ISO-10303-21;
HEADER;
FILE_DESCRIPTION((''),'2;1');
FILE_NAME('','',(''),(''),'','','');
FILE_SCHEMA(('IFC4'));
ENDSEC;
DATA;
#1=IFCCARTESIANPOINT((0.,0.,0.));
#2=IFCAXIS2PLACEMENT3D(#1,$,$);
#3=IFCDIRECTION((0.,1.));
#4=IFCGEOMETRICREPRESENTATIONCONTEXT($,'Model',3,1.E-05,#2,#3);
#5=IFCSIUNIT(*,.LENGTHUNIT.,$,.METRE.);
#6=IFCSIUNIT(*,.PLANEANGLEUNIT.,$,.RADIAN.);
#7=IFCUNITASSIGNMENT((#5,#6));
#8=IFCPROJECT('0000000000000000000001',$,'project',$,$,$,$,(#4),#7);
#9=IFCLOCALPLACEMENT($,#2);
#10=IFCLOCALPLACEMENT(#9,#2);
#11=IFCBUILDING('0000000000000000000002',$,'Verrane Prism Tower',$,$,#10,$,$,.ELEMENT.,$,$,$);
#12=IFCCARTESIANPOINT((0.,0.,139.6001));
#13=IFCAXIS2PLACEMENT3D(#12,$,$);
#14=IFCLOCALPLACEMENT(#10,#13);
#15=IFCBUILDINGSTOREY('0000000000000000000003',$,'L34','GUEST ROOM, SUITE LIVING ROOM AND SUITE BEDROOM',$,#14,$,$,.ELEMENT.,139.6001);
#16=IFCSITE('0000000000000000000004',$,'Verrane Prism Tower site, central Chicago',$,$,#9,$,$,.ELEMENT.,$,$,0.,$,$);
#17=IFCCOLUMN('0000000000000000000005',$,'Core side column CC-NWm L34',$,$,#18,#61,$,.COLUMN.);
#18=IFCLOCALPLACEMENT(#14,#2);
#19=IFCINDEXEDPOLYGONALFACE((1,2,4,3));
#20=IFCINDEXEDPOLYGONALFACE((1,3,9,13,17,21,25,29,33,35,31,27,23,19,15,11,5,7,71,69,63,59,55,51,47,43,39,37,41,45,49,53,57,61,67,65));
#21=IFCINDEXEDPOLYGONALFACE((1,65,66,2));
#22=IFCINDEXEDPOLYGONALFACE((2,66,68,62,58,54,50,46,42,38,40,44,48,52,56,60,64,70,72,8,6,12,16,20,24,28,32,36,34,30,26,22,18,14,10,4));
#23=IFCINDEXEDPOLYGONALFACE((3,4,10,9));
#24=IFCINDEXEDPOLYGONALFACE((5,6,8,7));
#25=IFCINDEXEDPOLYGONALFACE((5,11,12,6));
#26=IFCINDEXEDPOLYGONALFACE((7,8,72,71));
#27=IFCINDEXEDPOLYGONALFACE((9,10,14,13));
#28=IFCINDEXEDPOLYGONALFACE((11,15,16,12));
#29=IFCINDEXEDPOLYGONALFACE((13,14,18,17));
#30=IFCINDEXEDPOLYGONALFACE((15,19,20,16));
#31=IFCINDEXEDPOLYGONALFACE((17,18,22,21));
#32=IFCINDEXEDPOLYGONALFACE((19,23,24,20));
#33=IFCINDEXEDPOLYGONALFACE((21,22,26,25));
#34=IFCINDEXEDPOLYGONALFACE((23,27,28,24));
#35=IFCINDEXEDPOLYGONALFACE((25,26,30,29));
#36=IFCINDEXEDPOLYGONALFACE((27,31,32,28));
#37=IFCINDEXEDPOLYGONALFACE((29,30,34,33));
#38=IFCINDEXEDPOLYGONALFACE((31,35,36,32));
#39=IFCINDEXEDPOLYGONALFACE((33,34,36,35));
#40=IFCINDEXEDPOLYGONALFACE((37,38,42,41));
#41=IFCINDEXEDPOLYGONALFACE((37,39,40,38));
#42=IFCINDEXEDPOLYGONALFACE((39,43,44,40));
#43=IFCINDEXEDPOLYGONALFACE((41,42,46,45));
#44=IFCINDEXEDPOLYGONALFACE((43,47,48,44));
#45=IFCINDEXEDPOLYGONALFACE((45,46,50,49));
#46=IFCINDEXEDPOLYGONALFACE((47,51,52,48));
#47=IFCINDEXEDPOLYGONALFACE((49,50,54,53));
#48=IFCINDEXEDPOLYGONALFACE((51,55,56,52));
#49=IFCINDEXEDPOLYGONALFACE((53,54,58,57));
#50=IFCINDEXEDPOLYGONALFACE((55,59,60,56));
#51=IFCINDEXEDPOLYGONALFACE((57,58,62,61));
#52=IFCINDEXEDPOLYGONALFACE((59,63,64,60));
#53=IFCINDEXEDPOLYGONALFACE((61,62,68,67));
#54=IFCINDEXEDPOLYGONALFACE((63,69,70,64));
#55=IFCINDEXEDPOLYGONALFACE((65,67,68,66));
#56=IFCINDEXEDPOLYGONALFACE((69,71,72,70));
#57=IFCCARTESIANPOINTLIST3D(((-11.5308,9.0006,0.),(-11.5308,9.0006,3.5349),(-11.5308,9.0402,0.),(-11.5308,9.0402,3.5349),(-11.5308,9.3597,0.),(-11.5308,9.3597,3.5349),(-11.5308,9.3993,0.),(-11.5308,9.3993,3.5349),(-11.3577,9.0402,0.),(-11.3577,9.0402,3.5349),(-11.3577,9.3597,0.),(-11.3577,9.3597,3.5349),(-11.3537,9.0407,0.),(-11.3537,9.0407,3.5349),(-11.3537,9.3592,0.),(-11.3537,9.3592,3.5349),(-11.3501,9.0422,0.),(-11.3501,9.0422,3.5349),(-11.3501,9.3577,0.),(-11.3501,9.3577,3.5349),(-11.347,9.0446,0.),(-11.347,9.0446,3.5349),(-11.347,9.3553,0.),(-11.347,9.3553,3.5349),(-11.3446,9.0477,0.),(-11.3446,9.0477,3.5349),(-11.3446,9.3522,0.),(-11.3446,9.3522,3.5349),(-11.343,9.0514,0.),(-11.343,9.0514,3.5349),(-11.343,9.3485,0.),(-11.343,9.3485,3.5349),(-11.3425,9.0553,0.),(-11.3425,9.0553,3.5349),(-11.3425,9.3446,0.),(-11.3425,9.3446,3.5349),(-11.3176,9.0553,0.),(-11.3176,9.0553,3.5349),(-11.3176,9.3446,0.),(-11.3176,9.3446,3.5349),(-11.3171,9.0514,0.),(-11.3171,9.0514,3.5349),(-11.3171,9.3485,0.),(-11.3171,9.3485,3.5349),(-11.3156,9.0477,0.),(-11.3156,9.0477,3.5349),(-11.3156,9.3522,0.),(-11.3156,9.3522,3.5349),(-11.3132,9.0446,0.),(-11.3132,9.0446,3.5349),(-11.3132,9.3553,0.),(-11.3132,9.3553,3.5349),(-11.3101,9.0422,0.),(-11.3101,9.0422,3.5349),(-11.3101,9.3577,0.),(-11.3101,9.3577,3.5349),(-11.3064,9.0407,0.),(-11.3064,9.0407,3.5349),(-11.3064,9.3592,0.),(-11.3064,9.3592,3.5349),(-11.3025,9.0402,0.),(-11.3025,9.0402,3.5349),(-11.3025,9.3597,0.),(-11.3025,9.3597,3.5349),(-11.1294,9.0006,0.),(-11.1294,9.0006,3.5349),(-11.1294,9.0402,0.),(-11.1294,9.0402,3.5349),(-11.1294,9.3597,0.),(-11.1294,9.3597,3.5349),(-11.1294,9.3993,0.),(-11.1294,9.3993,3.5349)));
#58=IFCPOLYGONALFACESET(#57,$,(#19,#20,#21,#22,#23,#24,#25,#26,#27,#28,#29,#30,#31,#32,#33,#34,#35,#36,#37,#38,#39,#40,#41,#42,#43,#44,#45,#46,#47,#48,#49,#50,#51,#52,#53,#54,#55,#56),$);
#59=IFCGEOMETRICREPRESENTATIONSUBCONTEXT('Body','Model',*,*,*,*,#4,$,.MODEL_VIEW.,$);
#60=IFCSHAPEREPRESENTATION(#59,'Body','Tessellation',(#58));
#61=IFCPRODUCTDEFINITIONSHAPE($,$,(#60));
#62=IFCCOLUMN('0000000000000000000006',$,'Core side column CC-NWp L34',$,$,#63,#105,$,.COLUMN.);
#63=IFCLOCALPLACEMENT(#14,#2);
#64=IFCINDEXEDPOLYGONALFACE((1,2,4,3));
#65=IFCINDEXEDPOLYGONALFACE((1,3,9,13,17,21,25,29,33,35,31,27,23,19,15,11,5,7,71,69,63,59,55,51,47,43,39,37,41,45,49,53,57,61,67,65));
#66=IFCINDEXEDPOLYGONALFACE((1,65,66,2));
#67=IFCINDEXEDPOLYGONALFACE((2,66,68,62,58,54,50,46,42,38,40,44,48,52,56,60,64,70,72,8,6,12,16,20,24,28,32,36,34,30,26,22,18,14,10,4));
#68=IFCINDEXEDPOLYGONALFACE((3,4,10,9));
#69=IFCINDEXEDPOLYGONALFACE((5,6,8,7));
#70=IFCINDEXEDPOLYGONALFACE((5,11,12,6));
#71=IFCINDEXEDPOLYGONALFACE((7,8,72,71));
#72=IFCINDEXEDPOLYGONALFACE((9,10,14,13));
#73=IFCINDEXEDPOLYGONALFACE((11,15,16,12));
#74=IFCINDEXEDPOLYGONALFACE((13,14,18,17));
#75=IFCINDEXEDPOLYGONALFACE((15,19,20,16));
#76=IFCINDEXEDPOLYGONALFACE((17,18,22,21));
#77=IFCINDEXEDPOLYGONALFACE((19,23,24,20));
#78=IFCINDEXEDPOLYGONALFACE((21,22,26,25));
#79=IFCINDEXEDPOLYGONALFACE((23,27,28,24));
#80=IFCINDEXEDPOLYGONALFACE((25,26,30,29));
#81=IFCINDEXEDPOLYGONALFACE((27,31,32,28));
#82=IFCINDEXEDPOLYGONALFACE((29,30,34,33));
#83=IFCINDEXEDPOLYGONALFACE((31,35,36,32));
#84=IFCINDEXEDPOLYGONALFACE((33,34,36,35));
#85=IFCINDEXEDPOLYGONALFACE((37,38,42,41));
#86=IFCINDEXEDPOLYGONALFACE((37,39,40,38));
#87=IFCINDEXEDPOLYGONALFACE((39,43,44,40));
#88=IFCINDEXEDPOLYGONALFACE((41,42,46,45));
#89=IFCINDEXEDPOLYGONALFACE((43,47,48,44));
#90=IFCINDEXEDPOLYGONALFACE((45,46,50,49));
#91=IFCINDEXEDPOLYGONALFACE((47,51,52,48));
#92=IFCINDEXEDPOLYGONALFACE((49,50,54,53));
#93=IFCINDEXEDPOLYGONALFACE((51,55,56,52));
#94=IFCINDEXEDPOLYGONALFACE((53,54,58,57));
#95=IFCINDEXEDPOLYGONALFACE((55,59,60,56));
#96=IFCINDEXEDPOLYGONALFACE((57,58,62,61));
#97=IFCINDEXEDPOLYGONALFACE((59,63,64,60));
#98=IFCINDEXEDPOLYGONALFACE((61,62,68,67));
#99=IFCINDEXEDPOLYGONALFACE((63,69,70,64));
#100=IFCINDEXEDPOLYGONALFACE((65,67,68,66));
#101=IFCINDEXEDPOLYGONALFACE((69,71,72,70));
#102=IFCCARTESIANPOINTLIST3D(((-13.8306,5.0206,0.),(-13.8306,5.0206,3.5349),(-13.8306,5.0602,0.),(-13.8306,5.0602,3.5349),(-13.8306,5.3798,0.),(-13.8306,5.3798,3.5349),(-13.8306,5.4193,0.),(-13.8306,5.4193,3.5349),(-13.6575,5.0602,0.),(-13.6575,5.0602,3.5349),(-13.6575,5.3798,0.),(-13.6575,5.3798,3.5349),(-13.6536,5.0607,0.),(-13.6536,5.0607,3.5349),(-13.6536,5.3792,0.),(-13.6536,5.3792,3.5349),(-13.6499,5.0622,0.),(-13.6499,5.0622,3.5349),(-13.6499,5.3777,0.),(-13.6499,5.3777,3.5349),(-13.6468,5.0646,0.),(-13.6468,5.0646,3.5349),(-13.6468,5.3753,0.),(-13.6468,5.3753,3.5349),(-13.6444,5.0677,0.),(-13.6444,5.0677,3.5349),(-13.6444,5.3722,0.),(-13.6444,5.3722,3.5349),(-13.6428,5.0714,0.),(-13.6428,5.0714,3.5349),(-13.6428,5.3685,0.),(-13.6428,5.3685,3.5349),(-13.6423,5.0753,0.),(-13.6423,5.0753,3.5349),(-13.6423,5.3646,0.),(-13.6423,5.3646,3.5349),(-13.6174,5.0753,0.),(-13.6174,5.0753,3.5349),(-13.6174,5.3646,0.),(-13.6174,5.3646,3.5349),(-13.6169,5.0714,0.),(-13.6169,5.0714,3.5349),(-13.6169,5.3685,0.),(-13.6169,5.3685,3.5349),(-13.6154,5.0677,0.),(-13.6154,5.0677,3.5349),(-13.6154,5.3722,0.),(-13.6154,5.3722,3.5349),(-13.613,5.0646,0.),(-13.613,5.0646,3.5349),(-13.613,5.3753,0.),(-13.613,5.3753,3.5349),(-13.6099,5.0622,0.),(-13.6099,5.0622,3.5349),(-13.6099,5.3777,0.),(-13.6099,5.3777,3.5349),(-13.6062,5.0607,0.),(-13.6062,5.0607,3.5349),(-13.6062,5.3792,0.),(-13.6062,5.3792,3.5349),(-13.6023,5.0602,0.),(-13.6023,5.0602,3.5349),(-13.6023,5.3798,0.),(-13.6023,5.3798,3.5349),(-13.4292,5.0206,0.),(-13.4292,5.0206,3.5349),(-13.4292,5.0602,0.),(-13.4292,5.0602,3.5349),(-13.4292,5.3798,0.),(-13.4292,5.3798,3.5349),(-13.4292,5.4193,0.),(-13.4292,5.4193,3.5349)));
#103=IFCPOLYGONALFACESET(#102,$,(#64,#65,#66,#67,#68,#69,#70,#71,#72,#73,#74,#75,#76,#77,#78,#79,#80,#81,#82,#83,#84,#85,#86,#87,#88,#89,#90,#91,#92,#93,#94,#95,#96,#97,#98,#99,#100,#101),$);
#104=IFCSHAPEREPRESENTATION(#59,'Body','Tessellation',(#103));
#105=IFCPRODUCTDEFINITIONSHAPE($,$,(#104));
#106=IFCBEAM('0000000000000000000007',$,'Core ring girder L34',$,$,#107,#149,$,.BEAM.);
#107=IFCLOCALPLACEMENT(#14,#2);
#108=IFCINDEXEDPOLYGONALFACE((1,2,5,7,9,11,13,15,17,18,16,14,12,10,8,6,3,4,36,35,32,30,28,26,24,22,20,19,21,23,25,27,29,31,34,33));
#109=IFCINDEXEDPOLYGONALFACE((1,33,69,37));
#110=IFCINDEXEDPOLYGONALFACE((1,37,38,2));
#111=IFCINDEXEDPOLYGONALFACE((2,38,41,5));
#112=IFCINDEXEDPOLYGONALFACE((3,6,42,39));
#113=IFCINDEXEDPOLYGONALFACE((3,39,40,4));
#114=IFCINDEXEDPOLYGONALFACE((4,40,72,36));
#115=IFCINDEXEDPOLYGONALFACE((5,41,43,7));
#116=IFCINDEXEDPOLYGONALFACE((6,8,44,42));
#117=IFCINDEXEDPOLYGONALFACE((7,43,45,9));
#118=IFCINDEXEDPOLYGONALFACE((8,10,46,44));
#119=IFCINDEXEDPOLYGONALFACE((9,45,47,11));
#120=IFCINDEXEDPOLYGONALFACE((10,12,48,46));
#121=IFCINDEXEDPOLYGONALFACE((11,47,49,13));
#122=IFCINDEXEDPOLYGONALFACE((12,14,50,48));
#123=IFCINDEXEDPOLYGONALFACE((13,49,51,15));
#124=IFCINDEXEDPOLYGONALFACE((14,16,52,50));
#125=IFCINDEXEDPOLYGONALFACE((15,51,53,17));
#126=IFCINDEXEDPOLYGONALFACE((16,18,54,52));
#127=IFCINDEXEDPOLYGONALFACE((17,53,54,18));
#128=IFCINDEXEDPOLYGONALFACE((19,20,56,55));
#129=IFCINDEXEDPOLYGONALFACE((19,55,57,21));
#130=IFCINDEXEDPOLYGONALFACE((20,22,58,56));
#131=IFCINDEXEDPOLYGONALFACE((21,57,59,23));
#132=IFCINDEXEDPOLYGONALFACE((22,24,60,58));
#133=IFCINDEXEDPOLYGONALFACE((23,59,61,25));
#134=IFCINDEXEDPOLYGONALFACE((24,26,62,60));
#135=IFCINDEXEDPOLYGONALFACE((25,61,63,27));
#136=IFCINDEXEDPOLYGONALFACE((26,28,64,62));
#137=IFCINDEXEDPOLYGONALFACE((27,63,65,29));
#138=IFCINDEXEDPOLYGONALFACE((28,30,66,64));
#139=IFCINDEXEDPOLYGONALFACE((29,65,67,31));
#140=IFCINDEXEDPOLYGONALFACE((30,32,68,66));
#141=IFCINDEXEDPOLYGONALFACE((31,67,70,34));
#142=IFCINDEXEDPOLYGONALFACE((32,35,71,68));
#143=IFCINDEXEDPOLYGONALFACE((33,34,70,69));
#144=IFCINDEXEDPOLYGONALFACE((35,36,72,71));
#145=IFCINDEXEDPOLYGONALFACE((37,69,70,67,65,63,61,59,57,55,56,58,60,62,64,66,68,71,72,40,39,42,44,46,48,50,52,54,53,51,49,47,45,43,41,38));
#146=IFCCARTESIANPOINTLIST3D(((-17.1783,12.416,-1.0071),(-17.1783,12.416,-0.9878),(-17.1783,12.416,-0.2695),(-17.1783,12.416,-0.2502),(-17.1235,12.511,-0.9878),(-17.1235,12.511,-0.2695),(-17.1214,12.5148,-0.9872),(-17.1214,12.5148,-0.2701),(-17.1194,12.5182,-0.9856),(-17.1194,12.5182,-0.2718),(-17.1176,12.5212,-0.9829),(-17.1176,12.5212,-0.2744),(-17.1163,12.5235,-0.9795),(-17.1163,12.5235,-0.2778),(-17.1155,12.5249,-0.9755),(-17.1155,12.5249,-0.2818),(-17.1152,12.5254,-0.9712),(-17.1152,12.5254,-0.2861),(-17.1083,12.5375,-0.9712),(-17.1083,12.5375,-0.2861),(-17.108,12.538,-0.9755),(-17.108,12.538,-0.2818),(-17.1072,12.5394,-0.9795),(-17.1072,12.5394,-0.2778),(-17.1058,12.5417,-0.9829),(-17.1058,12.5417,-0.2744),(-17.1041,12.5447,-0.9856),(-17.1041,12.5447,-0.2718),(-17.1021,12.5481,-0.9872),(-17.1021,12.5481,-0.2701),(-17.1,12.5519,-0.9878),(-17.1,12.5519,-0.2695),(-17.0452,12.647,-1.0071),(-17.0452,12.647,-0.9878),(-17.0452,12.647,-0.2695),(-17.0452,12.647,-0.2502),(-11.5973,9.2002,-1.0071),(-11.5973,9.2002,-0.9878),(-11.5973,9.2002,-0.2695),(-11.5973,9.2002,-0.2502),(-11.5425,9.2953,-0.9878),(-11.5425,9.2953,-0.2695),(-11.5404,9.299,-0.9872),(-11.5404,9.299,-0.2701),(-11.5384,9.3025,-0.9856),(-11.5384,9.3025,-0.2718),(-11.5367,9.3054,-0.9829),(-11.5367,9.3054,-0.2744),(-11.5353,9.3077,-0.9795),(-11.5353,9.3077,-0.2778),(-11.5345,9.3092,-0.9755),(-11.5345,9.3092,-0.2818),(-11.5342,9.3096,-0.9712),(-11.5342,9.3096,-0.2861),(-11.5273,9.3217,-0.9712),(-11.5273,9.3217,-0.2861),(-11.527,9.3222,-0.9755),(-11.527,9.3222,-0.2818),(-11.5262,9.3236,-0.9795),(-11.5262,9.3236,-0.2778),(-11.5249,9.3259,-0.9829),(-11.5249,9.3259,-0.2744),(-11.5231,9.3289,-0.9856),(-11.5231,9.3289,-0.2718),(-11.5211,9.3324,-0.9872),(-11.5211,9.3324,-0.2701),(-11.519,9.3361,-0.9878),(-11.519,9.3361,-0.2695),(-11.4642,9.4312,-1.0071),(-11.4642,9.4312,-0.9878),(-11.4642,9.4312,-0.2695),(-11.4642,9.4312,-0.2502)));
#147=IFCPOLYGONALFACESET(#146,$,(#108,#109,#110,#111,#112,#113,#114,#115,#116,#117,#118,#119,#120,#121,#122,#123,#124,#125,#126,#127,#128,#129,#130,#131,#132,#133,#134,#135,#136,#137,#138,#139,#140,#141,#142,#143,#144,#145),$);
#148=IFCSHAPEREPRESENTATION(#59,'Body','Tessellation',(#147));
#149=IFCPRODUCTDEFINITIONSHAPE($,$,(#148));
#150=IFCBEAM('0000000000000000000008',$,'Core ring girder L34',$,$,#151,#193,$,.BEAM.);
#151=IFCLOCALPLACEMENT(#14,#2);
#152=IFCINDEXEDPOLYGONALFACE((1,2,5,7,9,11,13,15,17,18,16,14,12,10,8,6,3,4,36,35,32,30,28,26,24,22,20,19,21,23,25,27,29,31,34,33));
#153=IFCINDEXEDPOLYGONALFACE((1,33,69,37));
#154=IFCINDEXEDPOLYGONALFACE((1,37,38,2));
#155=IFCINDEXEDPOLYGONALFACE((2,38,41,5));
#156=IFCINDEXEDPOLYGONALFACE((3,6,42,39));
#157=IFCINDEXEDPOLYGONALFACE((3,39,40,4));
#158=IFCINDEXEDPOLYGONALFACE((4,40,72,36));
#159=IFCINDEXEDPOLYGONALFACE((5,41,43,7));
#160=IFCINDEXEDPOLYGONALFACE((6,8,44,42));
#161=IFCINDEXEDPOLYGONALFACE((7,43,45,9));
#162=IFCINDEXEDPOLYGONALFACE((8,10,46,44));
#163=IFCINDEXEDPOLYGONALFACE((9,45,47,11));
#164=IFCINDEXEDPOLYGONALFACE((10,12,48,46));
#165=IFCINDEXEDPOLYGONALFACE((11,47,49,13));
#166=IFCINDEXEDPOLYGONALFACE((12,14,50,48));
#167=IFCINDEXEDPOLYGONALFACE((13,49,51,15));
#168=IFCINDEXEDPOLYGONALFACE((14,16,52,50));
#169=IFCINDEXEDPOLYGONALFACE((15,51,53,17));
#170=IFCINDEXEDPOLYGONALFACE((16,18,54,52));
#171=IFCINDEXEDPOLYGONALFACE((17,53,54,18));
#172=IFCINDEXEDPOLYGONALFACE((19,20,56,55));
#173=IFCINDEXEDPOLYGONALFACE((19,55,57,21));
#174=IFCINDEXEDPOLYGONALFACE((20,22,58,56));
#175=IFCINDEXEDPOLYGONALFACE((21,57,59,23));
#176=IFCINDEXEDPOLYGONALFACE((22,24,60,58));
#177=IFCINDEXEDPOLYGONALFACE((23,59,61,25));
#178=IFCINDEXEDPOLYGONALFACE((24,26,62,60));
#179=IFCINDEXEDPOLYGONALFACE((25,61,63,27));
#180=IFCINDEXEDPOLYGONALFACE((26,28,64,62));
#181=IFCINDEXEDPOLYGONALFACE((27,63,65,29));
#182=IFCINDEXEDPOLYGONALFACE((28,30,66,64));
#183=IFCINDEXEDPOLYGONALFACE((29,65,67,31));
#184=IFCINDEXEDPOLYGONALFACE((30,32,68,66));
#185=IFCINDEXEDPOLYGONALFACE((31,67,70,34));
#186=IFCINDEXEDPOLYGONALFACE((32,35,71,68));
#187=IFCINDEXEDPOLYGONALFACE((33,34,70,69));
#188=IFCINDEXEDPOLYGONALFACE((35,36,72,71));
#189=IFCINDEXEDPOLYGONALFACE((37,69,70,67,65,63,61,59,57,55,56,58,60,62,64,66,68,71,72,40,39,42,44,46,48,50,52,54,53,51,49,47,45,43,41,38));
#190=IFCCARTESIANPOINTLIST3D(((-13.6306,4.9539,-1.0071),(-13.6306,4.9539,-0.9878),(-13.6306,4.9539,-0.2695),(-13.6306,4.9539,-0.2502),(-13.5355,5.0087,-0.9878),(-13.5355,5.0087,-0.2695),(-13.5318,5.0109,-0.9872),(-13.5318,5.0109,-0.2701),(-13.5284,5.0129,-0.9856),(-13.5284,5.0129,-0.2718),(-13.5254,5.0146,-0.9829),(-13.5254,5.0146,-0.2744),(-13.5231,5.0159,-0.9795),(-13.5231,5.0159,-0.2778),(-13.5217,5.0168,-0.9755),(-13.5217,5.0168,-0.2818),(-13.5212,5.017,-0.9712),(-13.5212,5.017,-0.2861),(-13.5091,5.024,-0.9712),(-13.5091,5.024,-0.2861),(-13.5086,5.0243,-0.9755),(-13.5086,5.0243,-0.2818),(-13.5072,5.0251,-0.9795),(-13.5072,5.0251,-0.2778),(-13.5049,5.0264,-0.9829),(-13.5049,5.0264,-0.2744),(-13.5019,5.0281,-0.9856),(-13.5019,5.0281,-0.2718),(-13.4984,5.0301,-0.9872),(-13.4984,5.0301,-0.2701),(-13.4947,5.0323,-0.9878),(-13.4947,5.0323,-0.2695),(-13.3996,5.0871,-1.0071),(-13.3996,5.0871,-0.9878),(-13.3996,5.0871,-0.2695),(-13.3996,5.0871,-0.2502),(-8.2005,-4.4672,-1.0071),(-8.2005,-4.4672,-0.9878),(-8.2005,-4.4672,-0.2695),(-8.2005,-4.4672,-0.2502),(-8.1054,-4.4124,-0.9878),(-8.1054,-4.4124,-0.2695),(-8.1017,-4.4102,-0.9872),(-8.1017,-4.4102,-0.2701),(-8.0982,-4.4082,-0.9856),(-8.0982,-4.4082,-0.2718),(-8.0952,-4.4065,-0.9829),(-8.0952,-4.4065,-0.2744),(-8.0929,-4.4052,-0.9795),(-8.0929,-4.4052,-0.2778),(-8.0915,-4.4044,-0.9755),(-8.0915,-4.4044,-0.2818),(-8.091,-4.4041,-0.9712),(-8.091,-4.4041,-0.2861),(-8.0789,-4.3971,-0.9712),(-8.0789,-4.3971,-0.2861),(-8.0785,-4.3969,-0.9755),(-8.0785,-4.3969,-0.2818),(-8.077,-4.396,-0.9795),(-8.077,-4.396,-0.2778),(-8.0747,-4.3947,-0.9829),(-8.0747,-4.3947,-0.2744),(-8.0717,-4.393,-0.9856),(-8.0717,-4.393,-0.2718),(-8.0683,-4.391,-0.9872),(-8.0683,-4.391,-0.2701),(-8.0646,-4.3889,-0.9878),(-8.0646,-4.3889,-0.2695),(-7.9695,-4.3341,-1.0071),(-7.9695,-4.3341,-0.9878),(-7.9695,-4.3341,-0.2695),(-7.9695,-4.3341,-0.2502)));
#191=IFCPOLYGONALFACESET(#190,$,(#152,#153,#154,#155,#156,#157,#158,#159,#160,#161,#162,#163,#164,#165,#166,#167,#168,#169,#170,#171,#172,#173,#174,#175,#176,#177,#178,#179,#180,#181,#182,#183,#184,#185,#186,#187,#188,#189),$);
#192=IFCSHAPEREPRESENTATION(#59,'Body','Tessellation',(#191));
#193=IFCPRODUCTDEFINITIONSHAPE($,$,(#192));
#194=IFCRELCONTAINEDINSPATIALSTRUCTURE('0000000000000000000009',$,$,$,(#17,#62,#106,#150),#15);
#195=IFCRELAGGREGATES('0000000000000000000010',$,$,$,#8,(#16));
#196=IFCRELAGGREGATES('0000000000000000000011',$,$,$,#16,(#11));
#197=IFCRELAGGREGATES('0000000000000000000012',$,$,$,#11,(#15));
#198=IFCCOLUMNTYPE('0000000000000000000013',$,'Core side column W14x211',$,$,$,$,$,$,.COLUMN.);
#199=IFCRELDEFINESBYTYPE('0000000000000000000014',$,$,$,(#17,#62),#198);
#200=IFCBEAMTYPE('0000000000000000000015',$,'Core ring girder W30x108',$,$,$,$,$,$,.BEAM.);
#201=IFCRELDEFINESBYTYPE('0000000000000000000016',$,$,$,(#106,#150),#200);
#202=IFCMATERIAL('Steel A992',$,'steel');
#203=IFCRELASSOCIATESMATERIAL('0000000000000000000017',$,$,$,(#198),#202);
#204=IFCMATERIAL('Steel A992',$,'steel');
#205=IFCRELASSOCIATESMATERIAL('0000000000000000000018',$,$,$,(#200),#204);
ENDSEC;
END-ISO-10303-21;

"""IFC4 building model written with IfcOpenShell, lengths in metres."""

from ifc_helpers import new_model, si_unit, direction, frame, origin, origin_2d, place, context, subcontext, project, spatial, i_section, extrude, material, material_profile, profile_set, type_object, element, save


model = new_model("IFC4")

# Units and contexts
model_context = context("Model", 3, precision=1e-05, world=origin(), true_north=direction((0.0, 1.0)))
body_context = subcontext(model_context, "Body", "Model", "MODEL_VIEW")
ifc_project = project(units=[si_unit("LENGTHUNIT", "METRE"), si_unit("PLANEANGLEUNIT", "RADIAN")], contexts=[model_context])

# Site, building, storey
site_placement = place(None, origin())
site = spatial("IfcSite", under=ifc_project, at=site_placement, Name="Verrane Prism Tower site, central Chicago", CompositionType="ELEMENT", RefElevation=0.0)
building_placement = place(site_placement, origin())
building = spatial("IfcBuilding", under=site, at=building_placement, Name="Verrane Prism Tower", CompositionType="ELEMENT")
storey_placement = place(building_placement, frame((0.0, 0.0, 139.6001)))
storey = spatial("IfcBuildingStorey", under=building, at=storey_placement, Name="L34", Description="GUEST ROOM, SUITE LIVING ROOM AND SUITE BEDROOM", CompositionType="ELEMENT", Elevation=139.6001)

# Columns
ifc_material_1 = material(Name="Steel A992", Category="steel")
ifc_material_profile_1 = material_profile(ifc_material_1, i_section(OverallWidth=0.4014, OverallDepth=0.3987, WebThickness=0.0249, FlangeThickness=0.0396, FilletRadius=0.0151, at=origin_2d()), Name="W14x211")
ifc_profile_set_1 = profile_set([ifc_material_profile_1], Name="Steel A992")
column_type = type_object("IfcColumnType", Name="Core side column W14x211", PredefinedType="COLUMN", material=ifc_profile_set_1)
for number, where, z_axis, x_axis, name in (
    (1, (-11.3301, 9.2, 0.0), (0.0, 0.0, 1.0), (1.0, 0.0, 0.0), "Core side column CC-NWm L34"),
    (2, (-13.6299, 5.22, 0.0), (0.0, 0.0, 1.0), (1.0, 0.0, 0.0), "Core side column CC-NWp L34"),
):
    element("IfcColumn", number, at=place(storey_placement, frame(where, z_axis=z_axis, x_axis=x_axis)), inside=storey, type_object=column_type, Name=name, PredefinedType="COLUMN", context=body_context, shape_type="SweptSolid", body=[
        extrude(i_section(OverallWidth=0.4014, OverallDepth=0.3987, WebThickness=0.0249, FlangeThickness=0.0396, FilletRadius=0.0151, at=origin_2d()), origin(), (0.0, 0.0, 1.0), 3.5349),
    ])

# Beams
ifc_material_2 = material(Name="Steel A992", Category="steel")
ifc_material_profile_2 = material_profile(ifc_material_2, i_section(OverallWidth=0.2666, OverallDepth=0.7568, WebThickness=0.0139, FlangeThickness=0.0193, FilletRadius=0.0166, at=origin_2d()), Name="W30x108")
ifc_profile_set_2 = profile_set([ifc_material_profile_2], Name="Steel A992")
beam_type = type_object("IfcBeamType", Name="Core ring girder W30x108", PredefinedType="BEAM", material=ifc_profile_set_2)
beam_1_placement = place(storey_placement, frame((-11.5308, 9.3157, -0.6287), z_axis=(-0.866456, 0.499254, 0.0), x_axis=(-0.499254, -0.866456, 0.0)))
element("IfcBeam", 3, at=beam_1_placement, inside=storey, type_object=beam_type, Name="Core ring girder L34", PredefinedType="BEAM", context=body_context, shape_type="SweptSolid", body=[
    extrude(i_section(OverallWidth=0.2666, OverallDepth=0.7568, WebThickness=0.0139, FlangeThickness=0.0193, FilletRadius=0.0166, at=origin_2d()), origin(), (0.0, 0.0, 1.0), 6.4412),
])
beam_2_placement = place(storey_placement, frame((-13.5151, 5.0205, -0.6287), z_axis=(0.499371, -0.866388, 0.0), x_axis=(0.866388, 0.499371, 0.0)))
element("IfcBeam", 4, at=beam_2_placement, inside=storey, type_object=beam_type, Name="Core ring girder L34", PredefinedType="BEAM", context=body_context, shape_type="SweptSolid", body=[
    extrude(i_section(OverallWidth=0.2666, OverallDepth=0.7568, WebThickness=0.0139, FlangeThickness=0.0193, FilletRadius=0.0166, at=origin_2d()), origin(), (0.0, 0.0, 1.0), 10.874),
])

save(model, "model.ifc")
